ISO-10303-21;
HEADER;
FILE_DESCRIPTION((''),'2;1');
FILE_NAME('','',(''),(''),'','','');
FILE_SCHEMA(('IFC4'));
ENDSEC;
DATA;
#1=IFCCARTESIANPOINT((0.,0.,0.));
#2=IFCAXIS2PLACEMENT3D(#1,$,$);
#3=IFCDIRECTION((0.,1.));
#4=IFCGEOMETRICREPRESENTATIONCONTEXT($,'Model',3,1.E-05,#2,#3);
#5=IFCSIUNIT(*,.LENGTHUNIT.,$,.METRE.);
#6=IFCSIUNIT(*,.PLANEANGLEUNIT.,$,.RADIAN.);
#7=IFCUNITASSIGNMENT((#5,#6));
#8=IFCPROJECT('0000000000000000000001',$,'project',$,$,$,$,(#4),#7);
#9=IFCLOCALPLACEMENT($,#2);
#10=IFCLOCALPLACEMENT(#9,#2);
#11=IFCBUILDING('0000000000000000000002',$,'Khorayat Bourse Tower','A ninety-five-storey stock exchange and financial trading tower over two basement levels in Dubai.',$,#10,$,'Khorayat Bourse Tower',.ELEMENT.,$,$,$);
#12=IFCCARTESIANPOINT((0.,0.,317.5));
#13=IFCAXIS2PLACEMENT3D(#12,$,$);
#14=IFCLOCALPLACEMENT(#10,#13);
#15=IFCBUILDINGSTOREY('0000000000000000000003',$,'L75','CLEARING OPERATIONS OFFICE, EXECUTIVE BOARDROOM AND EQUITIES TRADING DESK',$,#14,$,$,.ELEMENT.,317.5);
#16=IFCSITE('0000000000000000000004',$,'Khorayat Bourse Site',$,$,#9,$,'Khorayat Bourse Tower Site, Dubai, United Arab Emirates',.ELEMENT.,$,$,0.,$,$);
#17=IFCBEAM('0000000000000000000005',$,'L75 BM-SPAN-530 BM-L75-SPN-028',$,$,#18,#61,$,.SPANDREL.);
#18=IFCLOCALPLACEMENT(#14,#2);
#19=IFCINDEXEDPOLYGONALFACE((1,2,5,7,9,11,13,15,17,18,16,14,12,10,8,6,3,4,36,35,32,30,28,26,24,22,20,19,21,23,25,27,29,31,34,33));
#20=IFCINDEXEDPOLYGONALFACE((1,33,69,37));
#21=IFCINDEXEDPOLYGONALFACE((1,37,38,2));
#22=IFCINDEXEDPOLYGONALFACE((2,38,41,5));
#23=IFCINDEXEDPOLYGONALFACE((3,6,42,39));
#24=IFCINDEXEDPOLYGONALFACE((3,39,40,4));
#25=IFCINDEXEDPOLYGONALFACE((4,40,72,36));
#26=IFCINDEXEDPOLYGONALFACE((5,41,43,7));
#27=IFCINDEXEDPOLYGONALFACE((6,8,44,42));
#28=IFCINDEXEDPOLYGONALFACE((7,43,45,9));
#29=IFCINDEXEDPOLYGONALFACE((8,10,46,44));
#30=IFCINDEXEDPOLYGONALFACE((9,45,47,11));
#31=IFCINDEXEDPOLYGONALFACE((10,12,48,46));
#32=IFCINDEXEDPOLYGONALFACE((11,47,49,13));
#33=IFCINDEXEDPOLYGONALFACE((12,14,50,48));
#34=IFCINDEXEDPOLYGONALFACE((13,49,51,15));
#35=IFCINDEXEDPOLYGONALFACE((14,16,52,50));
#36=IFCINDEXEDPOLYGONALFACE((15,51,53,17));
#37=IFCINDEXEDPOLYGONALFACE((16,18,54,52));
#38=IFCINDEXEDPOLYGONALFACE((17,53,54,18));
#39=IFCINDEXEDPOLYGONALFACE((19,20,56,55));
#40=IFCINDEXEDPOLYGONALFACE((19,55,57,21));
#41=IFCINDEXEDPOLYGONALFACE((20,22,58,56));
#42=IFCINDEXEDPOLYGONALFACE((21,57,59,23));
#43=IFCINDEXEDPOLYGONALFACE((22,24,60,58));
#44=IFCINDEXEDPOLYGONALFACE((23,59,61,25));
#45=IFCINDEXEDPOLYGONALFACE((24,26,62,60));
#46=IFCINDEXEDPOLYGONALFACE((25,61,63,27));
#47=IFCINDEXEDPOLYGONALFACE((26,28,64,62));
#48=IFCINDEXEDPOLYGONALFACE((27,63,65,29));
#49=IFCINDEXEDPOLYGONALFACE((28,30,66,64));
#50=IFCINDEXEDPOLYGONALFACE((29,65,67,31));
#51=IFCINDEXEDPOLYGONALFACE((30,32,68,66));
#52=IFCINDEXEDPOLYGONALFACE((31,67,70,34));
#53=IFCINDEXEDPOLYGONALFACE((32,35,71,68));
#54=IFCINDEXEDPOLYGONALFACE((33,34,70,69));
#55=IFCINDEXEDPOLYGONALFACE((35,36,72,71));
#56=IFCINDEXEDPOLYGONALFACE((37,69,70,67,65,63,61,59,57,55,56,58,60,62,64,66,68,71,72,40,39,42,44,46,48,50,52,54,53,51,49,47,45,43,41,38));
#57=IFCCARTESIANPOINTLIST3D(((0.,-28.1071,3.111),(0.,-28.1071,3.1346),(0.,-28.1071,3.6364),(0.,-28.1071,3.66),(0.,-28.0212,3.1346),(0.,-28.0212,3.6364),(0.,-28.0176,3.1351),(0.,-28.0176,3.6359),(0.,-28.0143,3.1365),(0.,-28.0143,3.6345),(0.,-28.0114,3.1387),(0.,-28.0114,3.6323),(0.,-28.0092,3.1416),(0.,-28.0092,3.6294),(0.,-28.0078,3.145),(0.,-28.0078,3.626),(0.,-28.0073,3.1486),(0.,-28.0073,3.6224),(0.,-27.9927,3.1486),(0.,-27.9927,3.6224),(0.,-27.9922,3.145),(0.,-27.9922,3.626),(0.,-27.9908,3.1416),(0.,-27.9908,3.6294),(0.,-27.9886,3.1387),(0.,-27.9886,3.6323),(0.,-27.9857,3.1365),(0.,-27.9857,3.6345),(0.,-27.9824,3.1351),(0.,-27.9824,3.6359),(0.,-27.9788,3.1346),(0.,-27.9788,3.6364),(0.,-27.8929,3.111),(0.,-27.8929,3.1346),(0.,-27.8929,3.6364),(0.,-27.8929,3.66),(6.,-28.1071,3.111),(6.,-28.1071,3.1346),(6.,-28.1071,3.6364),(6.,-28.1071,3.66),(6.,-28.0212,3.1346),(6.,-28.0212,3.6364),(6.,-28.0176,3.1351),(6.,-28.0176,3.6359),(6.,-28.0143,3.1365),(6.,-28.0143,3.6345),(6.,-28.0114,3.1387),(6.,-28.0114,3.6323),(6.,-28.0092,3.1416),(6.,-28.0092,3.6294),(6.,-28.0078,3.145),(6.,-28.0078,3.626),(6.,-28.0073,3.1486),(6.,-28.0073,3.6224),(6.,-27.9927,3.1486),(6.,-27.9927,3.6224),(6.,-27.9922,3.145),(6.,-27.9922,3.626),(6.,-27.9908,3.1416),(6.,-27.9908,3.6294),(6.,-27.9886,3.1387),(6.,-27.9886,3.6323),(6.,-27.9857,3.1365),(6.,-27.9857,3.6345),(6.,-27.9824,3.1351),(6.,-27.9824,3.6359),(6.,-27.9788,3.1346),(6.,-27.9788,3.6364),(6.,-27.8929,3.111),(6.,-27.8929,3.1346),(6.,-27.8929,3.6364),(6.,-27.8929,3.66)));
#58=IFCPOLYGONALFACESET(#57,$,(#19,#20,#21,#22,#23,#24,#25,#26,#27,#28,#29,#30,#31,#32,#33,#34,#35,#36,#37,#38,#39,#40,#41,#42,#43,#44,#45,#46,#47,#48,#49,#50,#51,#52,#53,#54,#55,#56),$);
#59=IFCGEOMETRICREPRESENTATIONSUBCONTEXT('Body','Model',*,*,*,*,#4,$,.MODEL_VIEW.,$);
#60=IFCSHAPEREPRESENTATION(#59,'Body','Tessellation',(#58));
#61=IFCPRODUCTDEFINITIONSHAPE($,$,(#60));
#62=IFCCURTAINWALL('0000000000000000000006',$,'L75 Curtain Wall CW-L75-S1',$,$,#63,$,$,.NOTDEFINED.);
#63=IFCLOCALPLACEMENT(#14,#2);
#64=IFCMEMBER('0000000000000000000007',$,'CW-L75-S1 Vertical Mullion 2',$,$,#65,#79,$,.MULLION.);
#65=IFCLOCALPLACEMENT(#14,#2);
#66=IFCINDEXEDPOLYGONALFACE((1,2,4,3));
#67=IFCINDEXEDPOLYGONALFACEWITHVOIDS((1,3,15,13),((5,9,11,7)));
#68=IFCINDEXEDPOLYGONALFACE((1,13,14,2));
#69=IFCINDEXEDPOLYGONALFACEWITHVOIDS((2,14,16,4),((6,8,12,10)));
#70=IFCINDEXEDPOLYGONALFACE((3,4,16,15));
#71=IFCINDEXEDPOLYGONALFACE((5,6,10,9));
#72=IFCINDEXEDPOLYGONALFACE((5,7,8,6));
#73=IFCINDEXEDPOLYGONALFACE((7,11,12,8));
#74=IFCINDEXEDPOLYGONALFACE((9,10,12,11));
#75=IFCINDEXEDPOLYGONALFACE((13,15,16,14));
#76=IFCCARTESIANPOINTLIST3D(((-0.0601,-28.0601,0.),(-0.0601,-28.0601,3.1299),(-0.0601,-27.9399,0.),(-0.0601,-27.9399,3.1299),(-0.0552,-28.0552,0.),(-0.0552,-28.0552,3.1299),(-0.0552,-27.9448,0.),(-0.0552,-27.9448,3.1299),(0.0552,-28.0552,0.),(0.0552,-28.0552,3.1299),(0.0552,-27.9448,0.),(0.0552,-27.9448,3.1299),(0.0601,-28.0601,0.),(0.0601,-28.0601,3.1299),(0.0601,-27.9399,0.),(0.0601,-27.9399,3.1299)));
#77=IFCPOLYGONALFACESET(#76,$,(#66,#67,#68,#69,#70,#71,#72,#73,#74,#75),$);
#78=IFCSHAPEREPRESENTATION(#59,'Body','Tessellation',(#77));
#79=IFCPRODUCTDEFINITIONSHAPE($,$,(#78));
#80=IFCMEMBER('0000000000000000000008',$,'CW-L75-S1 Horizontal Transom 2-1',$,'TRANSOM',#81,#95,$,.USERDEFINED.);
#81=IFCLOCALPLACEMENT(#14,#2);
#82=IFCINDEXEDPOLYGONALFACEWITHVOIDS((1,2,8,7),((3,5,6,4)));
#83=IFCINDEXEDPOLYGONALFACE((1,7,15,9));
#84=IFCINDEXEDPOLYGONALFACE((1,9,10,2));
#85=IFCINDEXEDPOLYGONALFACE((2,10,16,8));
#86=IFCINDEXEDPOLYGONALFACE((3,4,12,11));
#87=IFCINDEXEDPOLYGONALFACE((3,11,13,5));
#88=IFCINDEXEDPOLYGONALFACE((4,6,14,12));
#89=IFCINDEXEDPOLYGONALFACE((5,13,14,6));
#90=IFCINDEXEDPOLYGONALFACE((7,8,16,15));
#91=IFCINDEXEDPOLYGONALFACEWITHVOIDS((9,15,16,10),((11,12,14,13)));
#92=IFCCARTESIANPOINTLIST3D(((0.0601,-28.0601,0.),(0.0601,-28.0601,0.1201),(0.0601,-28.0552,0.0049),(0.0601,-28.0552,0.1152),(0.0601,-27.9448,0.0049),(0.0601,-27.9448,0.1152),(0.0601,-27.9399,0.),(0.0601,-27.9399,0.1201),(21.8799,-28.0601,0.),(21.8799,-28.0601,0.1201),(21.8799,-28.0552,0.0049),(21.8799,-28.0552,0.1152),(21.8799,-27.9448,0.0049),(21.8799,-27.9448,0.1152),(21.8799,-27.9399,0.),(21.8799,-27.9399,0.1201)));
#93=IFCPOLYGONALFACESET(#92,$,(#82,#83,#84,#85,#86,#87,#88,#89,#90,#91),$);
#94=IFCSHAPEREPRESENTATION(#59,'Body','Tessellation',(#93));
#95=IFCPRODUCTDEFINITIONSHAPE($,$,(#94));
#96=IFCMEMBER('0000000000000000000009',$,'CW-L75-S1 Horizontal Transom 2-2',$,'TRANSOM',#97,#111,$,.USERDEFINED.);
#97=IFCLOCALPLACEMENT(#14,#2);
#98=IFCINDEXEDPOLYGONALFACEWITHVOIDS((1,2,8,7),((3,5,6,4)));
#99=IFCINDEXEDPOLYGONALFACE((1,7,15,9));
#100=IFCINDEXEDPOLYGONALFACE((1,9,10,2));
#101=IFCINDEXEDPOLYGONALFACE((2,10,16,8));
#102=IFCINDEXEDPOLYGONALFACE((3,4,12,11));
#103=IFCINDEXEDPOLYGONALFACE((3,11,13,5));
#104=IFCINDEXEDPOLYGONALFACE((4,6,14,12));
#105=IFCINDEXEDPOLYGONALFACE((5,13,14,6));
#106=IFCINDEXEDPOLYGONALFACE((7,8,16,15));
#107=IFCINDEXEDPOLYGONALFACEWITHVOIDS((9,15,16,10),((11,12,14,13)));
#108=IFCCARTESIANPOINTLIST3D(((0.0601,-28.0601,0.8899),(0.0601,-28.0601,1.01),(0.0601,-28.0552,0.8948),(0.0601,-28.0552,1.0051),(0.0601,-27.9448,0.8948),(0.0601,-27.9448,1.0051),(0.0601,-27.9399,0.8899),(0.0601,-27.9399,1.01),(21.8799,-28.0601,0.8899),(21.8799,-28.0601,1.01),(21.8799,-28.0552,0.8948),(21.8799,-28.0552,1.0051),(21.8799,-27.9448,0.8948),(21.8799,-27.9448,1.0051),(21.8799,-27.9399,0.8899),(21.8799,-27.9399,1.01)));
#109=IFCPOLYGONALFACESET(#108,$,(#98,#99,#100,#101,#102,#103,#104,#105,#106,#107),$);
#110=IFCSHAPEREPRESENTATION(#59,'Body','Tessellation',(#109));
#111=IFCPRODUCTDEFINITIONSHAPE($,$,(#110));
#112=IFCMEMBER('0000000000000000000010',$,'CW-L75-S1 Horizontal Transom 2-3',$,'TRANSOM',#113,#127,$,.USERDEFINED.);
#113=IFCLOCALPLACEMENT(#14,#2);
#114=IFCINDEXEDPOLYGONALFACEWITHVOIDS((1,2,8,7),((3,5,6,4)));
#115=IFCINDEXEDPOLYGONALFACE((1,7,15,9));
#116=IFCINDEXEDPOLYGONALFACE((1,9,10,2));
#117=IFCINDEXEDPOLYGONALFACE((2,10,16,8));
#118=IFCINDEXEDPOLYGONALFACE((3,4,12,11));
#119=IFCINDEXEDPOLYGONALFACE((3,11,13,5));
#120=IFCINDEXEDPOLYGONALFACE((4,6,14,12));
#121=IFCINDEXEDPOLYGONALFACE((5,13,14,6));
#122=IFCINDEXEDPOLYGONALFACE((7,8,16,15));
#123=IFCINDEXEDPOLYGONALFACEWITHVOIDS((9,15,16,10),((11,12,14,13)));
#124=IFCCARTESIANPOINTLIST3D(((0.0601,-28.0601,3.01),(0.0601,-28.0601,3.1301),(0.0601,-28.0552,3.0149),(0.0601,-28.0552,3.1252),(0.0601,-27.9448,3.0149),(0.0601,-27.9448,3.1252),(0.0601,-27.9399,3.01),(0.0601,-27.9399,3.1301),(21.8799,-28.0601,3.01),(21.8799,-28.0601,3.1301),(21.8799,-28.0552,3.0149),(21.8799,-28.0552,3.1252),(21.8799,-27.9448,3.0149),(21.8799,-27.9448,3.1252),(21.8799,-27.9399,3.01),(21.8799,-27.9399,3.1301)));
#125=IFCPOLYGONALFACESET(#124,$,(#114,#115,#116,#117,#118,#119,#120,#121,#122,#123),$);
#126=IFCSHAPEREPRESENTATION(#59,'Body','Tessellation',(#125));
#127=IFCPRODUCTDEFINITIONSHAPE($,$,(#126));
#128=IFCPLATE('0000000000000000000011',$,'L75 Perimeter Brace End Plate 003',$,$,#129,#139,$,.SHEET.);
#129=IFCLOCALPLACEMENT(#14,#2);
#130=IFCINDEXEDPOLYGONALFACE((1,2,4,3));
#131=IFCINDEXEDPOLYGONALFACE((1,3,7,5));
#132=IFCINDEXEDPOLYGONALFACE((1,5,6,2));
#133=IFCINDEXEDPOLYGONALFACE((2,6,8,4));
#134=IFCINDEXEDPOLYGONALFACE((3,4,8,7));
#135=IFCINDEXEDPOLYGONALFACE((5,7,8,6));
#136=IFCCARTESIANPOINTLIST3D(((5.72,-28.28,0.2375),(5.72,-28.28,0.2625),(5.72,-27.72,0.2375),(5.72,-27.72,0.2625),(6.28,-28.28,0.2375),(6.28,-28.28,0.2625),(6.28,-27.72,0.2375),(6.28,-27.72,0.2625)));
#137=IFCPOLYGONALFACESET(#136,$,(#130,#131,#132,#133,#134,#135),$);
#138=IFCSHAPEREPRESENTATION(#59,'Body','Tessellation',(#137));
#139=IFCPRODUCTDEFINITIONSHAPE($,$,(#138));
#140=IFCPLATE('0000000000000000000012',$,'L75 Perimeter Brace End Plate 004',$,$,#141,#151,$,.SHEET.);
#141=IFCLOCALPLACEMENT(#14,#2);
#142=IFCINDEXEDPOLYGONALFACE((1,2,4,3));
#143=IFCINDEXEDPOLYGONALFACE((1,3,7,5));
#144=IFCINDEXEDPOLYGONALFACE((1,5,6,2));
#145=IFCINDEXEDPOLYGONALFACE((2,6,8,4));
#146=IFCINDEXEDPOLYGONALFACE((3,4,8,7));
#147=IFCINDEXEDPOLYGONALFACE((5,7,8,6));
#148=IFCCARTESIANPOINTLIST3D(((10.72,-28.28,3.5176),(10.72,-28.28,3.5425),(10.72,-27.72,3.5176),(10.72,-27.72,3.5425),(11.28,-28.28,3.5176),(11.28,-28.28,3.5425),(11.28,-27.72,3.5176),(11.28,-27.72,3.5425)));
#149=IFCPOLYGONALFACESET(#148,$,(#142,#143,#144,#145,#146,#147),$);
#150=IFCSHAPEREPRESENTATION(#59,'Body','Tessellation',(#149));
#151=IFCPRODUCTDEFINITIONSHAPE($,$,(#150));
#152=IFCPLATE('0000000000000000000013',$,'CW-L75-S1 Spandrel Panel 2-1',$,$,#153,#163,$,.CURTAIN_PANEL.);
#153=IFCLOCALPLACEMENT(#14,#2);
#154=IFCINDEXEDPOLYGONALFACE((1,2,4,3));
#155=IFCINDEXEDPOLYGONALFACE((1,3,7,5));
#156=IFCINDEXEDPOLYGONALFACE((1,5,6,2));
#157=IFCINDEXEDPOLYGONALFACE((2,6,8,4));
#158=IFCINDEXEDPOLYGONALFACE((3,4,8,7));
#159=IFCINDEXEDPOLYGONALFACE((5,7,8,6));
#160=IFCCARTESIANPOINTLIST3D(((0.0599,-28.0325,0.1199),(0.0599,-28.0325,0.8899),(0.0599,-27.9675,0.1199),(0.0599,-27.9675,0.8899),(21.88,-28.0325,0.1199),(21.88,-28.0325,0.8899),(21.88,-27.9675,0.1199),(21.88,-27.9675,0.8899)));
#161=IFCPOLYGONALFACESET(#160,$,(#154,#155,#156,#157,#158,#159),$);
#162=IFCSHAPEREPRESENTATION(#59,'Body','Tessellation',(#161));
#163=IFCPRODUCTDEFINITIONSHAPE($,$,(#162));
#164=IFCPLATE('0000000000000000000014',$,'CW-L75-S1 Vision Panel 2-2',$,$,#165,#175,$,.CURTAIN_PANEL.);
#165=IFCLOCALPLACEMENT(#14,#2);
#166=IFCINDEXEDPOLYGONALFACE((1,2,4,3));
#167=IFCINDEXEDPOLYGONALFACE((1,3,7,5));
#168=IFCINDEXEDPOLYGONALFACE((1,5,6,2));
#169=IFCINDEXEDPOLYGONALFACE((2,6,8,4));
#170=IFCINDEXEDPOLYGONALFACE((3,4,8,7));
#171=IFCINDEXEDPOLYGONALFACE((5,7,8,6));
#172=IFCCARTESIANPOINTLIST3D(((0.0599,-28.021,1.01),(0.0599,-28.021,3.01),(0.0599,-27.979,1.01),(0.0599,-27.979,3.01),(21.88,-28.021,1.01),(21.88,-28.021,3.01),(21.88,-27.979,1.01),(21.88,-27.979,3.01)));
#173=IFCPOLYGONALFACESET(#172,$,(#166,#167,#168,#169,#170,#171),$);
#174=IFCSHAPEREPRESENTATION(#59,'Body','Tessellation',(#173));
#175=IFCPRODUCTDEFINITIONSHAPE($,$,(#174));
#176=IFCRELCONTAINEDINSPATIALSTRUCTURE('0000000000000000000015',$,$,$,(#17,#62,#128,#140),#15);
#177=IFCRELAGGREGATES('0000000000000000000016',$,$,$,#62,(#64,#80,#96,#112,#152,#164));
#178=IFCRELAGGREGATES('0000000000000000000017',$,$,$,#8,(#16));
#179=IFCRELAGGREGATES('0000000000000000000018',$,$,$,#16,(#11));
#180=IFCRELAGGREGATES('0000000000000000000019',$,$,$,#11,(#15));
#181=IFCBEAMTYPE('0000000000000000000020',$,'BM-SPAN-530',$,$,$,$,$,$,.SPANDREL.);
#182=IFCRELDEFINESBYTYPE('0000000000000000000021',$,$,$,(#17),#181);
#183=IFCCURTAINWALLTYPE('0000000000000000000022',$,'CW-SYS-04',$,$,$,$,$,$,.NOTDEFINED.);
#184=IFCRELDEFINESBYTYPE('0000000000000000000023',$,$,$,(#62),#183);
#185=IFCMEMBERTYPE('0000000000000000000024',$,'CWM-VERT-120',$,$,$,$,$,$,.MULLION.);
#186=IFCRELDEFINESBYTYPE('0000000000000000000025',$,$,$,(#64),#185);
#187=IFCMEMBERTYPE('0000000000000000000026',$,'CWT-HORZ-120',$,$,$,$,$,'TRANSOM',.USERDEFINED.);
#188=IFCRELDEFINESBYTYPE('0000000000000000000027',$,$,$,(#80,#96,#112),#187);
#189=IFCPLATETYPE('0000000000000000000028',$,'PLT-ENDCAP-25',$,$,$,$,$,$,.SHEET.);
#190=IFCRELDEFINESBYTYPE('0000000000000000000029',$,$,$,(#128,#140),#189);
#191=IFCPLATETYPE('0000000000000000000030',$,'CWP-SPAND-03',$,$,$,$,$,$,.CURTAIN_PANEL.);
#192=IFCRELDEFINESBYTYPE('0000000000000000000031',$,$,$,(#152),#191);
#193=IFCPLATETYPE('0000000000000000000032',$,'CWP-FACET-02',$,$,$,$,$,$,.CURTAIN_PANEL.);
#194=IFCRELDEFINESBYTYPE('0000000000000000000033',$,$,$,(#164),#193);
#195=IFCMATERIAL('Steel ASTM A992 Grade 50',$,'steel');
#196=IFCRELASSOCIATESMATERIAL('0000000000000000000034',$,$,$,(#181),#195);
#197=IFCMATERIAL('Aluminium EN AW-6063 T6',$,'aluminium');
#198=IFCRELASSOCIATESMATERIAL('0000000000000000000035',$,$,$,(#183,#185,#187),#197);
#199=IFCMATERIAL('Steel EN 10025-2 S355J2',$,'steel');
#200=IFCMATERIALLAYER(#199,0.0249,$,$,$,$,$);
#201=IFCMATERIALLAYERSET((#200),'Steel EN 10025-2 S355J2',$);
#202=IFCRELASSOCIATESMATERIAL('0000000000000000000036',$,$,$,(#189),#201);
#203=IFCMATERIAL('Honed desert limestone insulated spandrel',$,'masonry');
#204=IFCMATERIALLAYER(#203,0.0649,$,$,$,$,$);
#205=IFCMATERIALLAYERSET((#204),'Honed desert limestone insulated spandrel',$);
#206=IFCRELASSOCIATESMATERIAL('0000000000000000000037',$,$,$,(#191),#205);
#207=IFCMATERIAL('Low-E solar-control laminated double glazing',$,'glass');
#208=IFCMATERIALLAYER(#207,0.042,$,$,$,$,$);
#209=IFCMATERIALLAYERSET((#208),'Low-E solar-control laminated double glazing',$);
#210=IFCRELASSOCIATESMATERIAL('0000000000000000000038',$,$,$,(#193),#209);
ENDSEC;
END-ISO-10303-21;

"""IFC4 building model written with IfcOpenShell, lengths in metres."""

from ifc_helpers import new_model, si_unit, direction, frame, origin, origin_2d, place, context, subcontext, project, spatial, rectangle, hollow_rectangle, i_section, extrude, source, transform, mapped, material, layer, layer_set, material_profile, profile_set, type_object, element, aggregate, save


model = new_model("IFC4")

# Units and contexts
model_context = context("Model", 3, precision=1e-05, world=origin(), true_north=direction((0.0, 1.0)))
body_context = subcontext(model_context, "Body", "Model", "MODEL_VIEW")
ifc_project = project(units=[si_unit("LENGTHUNIT", "METRE"), si_unit("PLANEANGLEUNIT", "RADIAN")], contexts=[model_context])

# Site, building, storey
site_placement = place(None, origin())
site = spatial("IfcSite", under=ifc_project, at=site_placement, Name="Khorayat Bourse Site", LongName="Khorayat Bourse Tower Site, Dubai, United Arab Emirates", CompositionType="ELEMENT", RefElevation=0.0)
building_placement = place(site_placement, origin())
building = spatial("IfcBuilding", under=site, at=building_placement, Name="Khorayat Bourse Tower", Description="A ninety-five-storey stock exchange and financial trading tower over two basement levels in Dubai.", LongName="Khorayat Bourse Tower", CompositionType="ELEMENT")
storey_placement = place(building_placement, frame((0.0, 0.0, 317.5)))
storey = spatial("IfcBuildingStorey", under=building, at=storey_placement, Name="L75", Description="CLEARING OPERATIONS OFFICE, EXECUTIVE BOARDROOM AND EQUITIES TRADING DESK", CompositionType="ELEMENT", Elevation=317.5)

# Shared definitions
ifc_material_1 = material(Name="Steel ASTM A992 Grade 50", Category="steel")

# Beam
ifc_material_profile_1 = material_profile(ifc_material_1, i_section(OverallWidth=0.2141, OverallDepth=0.5491, WebThickness=0.0146, FlangeThickness=0.0237, FilletRadius=0.0139, at=origin_2d()), Name="W530X138")
ifc_profile_set_1 = profile_set([ifc_material_profile_1], Name="Steel ASTM A992 Grade 50")
beam_type_1 = type_object("IfcBeamType", Name="BM-SPAN-530", PredefinedType="SPANDREL", material=ifc_profile_set_1)
shared_shape_1 = source(origin(), body_context, "Body", "SweptSolid", [
    extrude(i_section(OverallWidth=0.2141, OverallDepth=0.5491, WebThickness=0.0146, FlangeThickness=0.0237, FilletRadius=0.0139, at=origin_2d()), origin(), (0.0, 0.0, 1.0), 6.0),
])
beam_1_placement = place(storey_placement, frame((0.0, -28.0, 3.3855), z_axis=(1.0, 0.0, 0.0), x_axis=(0.0, 1.0, 0.0)))
element("IfcBeam", 1, at=beam_1_placement, inside=storey, type_object=beam_type_1, Name="L75 BM-SPAN-530 BM-L75-SPN-028", PredefinedType="SPANDREL", context=body_context, shape_type="MappedRepresentation", body=[
    mapped(shared_shape_1, transform((0.0, 0.0, 0.0), scale=1.0)),
])

# Curtain wall, members
ifc_material_2 = material(Name="Aluminium EN AW-6063 T6", Category="aluminium")
curtain_wall_type = type_object("IfcCurtainWallType", Name="CW-SYS-04", PredefinedType="NOTDEFINED", material=ifc_material_2)
curtain_wall_placement = place(storey_placement, origin())
curtain_wall = element("IfcCurtainWall", 2, at=curtain_wall_placement, inside=storey, type_object=curtain_wall_type, Name="L75 Curtain Wall CW-L75-S1", PredefinedType="NOTDEFINED")
ifc_material_profile_2 = material_profile(ifc_material_2, hollow_rectangle(XDim=0.1201, YDim=0.1201, WallThickness=0.0049, at=origin_2d()), Name="ALU 120x120x5")
ifc_profile_set_2 = profile_set([ifc_material_profile_2], Name="Aluminium EN AW-6063 T6")
member_type_1 = type_object("IfcMemberType", Name="CWM-VERT-120", PredefinedType="MULLION", material=ifc_profile_set_2)
shared_shape_2 = source(origin(), body_context, "Body", "SweptSolid", [
    extrude(hollow_rectangle(XDim=0.1201, YDim=0.1201, WallThickness=0.0049, at=origin_2d()), origin(), (0.0, 0.0, 1.0), 3.1299),
])
member_1_placement = place(storey_placement, frame((0.0, -28.0, 0.0), z_axis=(0.0, 0.0, 1.0), x_axis=(0.0, 1.0, 0.0)))
member_1 = element("IfcMember", 3, at=member_1_placement, type_object=member_type_1, Name="CW-L75-S1 Vertical Mullion 2", PredefinedType="MULLION", context=body_context, shape_type="MappedRepresentation", body=[
    mapped(shared_shape_2, transform((0.0, 0.0, 0.0), scale=1.0)),
])
ifc_material_profile_3 = material_profile(ifc_material_2, hollow_rectangle(XDim=0.1201, YDim=0.1201, WallThickness=0.0049, at=origin_2d()), Name="ALU 120x120x5")
ifc_profile_set_3 = profile_set([ifc_material_profile_3], Name="Aluminium EN AW-6063 T6")
member_type_2 = type_object("IfcMemberType", Name="CWT-HORZ-120", ElementType="TRANSOM", PredefinedType="USERDEFINED", material=ifc_profile_set_3)
shared_shape_3 = source(origin(), body_context, "Body", "SweptSolid", [
    extrude(hollow_rectangle(XDim=0.1201, YDim=0.1201, WallThickness=0.0049, at=origin_2d()), origin(), (0.0, 0.0, 1.0), 21.8198),
])
member_2_placement = place(storey_placement, frame((0.0601, -28.0, 0.0601), z_axis=(1.0, 0.0, 0.0), x_axis=(0.0, 1.0, 0.0)))
member_2 = element("IfcMember", 4, at=member_2_placement, type_object=member_type_2, Name="CW-L75-S1 Horizontal Transom 2-1", ObjectType="TRANSOM", PredefinedType="USERDEFINED", context=body_context, shape_type="MappedRepresentation", body=[
    mapped(shared_shape_3, transform((0.0, 0.0, 0.0), scale=1.0)),
])
member_3_placement = place(storey_placement, frame((0.0601, -28.0, 0.95), z_axis=(1.0, 0.0, 0.0), x_axis=(0.0, 1.0, 0.0)))
member_3 = element("IfcMember", 5, at=member_3_placement, type_object=member_type_2, Name="CW-L75-S1 Horizontal Transom 2-2", ObjectType="TRANSOM", PredefinedType="USERDEFINED", context=body_context, shape_type="MappedRepresentation", body=[
    mapped(shared_shape_3, transform((0.0, 0.0, 0.0), scale=1.0)),
])
member_4_placement = place(storey_placement, frame((0.0601, -28.0, 3.0701), z_axis=(1.0, 0.0, 0.0), x_axis=(0.0, 1.0, 0.0)))
member_4 = element("IfcMember", 6, at=member_4_placement, type_object=member_type_2, Name="CW-L75-S1 Horizontal Transom 2-3", ObjectType="TRANSOM", PredefinedType="USERDEFINED", context=body_context, shape_type="MappedRepresentation", body=[
    mapped(shared_shape_3, transform((0.0, 0.0, 0.0), scale=1.0)),
])

# Plates
ifc_material_3 = material(Name="Steel EN 10025-2 S355J2", Category="steel")
ifc_layer_1 = layer(ifc_material_3, 0.0249)
ifc_layer_set_1 = layer_set([ifc_layer_1], Name="Steel EN 10025-2 S355J2")
plate_type_1 = type_object("IfcPlateType", Name="PLT-ENDCAP-25", PredefinedType="SHEET", material=ifc_layer_set_1)
shared_shape_4 = source(origin(), body_context, "Body", "SweptSolid", [
    extrude(rectangle(XDim=0.5601, YDim=0.5601, at=origin_2d()), origin(), (0.0, 0.0, 1.0), 0.0249),
])
for number, where, z_axis, x_axis, name in (
    (7, (6.0, -28.0, 0.2375), (0.0, 0.0, 1.0), (1.0, 0.0, 0.0), "L75 Perimeter Brace End Plate 003"),
    (8, (11.0, -28.0, 3.5176), (0.0, 0.0, 1.0), (1.0, 0.0, 0.0), "L75 Perimeter Brace End Plate 004"),
):
    element("IfcPlate", number, at=place(storey_placement, frame(where, z_axis=z_axis, x_axis=x_axis)), inside=storey, type_object=plate_type_1, Name=name, PredefinedType="SHEET", context=body_context, shape_type="MappedRepresentation", body=[
        mapped(shared_shape_4, transform((0.0, 0.0, 0.0), scale=1.0)),
    ])

# Plates
ifc_material_4 = material(Name="Honed desert limestone insulated spandrel", Category="masonry")
ifc_layer_2 = layer(ifc_material_4, 0.0649)
ifc_layer_set_2 = layer_set([ifc_layer_2], Name="Honed desert limestone insulated spandrel")
plate_type_2 = type_object("IfcPlateType", Name="CWP-SPAND-03", PredefinedType="CURTAIN_PANEL", material=ifc_layer_set_2)
shared_shape_5 = source(origin(), body_context, "Body", "SweptSolid", [
    extrude(rectangle(XDim=21.8201, YDim=0.0649, at=origin_2d()), origin(), (0.0, 0.0, 1.0), 0.77),
])
plate_1_placement = place(storey_placement, frame((10.97, -28.0, 0.1199), z_axis=(0.0, 0.0, 1.0), x_axis=(1.0, 0.0, 0.0)))
plate_1 = element("IfcPlate", 9, at=plate_1_placement, type_object=plate_type_2, Name="CW-L75-S1 Spandrel Panel 2-1", PredefinedType="CURTAIN_PANEL", context=body_context, shape_type="MappedRepresentation", body=[
    mapped(shared_shape_5, transform((0.0, 0.0, 0.0), scale=1.0)),
])
ifc_material_5 = material(Name="Low-E solar-control laminated double glazing", Category="glass")
ifc_layer_3 = layer(ifc_material_5, 0.042)
ifc_layer_set_3 = layer_set([ifc_layer_3], Name="Low-E solar-control laminated double glazing")
plate_type_3 = type_object("IfcPlateType", Name="CWP-FACET-02", PredefinedType="CURTAIN_PANEL", material=ifc_layer_set_3)
shared_shape_6 = source(origin(), body_context, "Body", "SweptSolid", [
    extrude(rectangle(XDim=21.8201, YDim=0.042, at=origin_2d()), origin(), (0.0, 0.0, 1.0), 2.0),
])
plate_2_placement = place(storey_placement, frame((10.97, -28.0, 1.01), z_axis=(0.0, 0.0, 1.0), x_axis=(1.0, 0.0, 0.0)))
plate_2 = element("IfcPlate", 10, at=plate_2_placement, type_object=plate_type_3, Name="CW-L75-S1 Vision Panel 2-2", PredefinedType="CURTAIN_PANEL", context=body_context, shape_type="MappedRepresentation", body=[
    mapped(shared_shape_6, transform((0.0, 0.0, 0.0), scale=1.0)),
])
aggregate(curtain_wall, [member_1, member_2, member_3, member_4, plate_1, plate_2])

save(model, "model.ifc")
